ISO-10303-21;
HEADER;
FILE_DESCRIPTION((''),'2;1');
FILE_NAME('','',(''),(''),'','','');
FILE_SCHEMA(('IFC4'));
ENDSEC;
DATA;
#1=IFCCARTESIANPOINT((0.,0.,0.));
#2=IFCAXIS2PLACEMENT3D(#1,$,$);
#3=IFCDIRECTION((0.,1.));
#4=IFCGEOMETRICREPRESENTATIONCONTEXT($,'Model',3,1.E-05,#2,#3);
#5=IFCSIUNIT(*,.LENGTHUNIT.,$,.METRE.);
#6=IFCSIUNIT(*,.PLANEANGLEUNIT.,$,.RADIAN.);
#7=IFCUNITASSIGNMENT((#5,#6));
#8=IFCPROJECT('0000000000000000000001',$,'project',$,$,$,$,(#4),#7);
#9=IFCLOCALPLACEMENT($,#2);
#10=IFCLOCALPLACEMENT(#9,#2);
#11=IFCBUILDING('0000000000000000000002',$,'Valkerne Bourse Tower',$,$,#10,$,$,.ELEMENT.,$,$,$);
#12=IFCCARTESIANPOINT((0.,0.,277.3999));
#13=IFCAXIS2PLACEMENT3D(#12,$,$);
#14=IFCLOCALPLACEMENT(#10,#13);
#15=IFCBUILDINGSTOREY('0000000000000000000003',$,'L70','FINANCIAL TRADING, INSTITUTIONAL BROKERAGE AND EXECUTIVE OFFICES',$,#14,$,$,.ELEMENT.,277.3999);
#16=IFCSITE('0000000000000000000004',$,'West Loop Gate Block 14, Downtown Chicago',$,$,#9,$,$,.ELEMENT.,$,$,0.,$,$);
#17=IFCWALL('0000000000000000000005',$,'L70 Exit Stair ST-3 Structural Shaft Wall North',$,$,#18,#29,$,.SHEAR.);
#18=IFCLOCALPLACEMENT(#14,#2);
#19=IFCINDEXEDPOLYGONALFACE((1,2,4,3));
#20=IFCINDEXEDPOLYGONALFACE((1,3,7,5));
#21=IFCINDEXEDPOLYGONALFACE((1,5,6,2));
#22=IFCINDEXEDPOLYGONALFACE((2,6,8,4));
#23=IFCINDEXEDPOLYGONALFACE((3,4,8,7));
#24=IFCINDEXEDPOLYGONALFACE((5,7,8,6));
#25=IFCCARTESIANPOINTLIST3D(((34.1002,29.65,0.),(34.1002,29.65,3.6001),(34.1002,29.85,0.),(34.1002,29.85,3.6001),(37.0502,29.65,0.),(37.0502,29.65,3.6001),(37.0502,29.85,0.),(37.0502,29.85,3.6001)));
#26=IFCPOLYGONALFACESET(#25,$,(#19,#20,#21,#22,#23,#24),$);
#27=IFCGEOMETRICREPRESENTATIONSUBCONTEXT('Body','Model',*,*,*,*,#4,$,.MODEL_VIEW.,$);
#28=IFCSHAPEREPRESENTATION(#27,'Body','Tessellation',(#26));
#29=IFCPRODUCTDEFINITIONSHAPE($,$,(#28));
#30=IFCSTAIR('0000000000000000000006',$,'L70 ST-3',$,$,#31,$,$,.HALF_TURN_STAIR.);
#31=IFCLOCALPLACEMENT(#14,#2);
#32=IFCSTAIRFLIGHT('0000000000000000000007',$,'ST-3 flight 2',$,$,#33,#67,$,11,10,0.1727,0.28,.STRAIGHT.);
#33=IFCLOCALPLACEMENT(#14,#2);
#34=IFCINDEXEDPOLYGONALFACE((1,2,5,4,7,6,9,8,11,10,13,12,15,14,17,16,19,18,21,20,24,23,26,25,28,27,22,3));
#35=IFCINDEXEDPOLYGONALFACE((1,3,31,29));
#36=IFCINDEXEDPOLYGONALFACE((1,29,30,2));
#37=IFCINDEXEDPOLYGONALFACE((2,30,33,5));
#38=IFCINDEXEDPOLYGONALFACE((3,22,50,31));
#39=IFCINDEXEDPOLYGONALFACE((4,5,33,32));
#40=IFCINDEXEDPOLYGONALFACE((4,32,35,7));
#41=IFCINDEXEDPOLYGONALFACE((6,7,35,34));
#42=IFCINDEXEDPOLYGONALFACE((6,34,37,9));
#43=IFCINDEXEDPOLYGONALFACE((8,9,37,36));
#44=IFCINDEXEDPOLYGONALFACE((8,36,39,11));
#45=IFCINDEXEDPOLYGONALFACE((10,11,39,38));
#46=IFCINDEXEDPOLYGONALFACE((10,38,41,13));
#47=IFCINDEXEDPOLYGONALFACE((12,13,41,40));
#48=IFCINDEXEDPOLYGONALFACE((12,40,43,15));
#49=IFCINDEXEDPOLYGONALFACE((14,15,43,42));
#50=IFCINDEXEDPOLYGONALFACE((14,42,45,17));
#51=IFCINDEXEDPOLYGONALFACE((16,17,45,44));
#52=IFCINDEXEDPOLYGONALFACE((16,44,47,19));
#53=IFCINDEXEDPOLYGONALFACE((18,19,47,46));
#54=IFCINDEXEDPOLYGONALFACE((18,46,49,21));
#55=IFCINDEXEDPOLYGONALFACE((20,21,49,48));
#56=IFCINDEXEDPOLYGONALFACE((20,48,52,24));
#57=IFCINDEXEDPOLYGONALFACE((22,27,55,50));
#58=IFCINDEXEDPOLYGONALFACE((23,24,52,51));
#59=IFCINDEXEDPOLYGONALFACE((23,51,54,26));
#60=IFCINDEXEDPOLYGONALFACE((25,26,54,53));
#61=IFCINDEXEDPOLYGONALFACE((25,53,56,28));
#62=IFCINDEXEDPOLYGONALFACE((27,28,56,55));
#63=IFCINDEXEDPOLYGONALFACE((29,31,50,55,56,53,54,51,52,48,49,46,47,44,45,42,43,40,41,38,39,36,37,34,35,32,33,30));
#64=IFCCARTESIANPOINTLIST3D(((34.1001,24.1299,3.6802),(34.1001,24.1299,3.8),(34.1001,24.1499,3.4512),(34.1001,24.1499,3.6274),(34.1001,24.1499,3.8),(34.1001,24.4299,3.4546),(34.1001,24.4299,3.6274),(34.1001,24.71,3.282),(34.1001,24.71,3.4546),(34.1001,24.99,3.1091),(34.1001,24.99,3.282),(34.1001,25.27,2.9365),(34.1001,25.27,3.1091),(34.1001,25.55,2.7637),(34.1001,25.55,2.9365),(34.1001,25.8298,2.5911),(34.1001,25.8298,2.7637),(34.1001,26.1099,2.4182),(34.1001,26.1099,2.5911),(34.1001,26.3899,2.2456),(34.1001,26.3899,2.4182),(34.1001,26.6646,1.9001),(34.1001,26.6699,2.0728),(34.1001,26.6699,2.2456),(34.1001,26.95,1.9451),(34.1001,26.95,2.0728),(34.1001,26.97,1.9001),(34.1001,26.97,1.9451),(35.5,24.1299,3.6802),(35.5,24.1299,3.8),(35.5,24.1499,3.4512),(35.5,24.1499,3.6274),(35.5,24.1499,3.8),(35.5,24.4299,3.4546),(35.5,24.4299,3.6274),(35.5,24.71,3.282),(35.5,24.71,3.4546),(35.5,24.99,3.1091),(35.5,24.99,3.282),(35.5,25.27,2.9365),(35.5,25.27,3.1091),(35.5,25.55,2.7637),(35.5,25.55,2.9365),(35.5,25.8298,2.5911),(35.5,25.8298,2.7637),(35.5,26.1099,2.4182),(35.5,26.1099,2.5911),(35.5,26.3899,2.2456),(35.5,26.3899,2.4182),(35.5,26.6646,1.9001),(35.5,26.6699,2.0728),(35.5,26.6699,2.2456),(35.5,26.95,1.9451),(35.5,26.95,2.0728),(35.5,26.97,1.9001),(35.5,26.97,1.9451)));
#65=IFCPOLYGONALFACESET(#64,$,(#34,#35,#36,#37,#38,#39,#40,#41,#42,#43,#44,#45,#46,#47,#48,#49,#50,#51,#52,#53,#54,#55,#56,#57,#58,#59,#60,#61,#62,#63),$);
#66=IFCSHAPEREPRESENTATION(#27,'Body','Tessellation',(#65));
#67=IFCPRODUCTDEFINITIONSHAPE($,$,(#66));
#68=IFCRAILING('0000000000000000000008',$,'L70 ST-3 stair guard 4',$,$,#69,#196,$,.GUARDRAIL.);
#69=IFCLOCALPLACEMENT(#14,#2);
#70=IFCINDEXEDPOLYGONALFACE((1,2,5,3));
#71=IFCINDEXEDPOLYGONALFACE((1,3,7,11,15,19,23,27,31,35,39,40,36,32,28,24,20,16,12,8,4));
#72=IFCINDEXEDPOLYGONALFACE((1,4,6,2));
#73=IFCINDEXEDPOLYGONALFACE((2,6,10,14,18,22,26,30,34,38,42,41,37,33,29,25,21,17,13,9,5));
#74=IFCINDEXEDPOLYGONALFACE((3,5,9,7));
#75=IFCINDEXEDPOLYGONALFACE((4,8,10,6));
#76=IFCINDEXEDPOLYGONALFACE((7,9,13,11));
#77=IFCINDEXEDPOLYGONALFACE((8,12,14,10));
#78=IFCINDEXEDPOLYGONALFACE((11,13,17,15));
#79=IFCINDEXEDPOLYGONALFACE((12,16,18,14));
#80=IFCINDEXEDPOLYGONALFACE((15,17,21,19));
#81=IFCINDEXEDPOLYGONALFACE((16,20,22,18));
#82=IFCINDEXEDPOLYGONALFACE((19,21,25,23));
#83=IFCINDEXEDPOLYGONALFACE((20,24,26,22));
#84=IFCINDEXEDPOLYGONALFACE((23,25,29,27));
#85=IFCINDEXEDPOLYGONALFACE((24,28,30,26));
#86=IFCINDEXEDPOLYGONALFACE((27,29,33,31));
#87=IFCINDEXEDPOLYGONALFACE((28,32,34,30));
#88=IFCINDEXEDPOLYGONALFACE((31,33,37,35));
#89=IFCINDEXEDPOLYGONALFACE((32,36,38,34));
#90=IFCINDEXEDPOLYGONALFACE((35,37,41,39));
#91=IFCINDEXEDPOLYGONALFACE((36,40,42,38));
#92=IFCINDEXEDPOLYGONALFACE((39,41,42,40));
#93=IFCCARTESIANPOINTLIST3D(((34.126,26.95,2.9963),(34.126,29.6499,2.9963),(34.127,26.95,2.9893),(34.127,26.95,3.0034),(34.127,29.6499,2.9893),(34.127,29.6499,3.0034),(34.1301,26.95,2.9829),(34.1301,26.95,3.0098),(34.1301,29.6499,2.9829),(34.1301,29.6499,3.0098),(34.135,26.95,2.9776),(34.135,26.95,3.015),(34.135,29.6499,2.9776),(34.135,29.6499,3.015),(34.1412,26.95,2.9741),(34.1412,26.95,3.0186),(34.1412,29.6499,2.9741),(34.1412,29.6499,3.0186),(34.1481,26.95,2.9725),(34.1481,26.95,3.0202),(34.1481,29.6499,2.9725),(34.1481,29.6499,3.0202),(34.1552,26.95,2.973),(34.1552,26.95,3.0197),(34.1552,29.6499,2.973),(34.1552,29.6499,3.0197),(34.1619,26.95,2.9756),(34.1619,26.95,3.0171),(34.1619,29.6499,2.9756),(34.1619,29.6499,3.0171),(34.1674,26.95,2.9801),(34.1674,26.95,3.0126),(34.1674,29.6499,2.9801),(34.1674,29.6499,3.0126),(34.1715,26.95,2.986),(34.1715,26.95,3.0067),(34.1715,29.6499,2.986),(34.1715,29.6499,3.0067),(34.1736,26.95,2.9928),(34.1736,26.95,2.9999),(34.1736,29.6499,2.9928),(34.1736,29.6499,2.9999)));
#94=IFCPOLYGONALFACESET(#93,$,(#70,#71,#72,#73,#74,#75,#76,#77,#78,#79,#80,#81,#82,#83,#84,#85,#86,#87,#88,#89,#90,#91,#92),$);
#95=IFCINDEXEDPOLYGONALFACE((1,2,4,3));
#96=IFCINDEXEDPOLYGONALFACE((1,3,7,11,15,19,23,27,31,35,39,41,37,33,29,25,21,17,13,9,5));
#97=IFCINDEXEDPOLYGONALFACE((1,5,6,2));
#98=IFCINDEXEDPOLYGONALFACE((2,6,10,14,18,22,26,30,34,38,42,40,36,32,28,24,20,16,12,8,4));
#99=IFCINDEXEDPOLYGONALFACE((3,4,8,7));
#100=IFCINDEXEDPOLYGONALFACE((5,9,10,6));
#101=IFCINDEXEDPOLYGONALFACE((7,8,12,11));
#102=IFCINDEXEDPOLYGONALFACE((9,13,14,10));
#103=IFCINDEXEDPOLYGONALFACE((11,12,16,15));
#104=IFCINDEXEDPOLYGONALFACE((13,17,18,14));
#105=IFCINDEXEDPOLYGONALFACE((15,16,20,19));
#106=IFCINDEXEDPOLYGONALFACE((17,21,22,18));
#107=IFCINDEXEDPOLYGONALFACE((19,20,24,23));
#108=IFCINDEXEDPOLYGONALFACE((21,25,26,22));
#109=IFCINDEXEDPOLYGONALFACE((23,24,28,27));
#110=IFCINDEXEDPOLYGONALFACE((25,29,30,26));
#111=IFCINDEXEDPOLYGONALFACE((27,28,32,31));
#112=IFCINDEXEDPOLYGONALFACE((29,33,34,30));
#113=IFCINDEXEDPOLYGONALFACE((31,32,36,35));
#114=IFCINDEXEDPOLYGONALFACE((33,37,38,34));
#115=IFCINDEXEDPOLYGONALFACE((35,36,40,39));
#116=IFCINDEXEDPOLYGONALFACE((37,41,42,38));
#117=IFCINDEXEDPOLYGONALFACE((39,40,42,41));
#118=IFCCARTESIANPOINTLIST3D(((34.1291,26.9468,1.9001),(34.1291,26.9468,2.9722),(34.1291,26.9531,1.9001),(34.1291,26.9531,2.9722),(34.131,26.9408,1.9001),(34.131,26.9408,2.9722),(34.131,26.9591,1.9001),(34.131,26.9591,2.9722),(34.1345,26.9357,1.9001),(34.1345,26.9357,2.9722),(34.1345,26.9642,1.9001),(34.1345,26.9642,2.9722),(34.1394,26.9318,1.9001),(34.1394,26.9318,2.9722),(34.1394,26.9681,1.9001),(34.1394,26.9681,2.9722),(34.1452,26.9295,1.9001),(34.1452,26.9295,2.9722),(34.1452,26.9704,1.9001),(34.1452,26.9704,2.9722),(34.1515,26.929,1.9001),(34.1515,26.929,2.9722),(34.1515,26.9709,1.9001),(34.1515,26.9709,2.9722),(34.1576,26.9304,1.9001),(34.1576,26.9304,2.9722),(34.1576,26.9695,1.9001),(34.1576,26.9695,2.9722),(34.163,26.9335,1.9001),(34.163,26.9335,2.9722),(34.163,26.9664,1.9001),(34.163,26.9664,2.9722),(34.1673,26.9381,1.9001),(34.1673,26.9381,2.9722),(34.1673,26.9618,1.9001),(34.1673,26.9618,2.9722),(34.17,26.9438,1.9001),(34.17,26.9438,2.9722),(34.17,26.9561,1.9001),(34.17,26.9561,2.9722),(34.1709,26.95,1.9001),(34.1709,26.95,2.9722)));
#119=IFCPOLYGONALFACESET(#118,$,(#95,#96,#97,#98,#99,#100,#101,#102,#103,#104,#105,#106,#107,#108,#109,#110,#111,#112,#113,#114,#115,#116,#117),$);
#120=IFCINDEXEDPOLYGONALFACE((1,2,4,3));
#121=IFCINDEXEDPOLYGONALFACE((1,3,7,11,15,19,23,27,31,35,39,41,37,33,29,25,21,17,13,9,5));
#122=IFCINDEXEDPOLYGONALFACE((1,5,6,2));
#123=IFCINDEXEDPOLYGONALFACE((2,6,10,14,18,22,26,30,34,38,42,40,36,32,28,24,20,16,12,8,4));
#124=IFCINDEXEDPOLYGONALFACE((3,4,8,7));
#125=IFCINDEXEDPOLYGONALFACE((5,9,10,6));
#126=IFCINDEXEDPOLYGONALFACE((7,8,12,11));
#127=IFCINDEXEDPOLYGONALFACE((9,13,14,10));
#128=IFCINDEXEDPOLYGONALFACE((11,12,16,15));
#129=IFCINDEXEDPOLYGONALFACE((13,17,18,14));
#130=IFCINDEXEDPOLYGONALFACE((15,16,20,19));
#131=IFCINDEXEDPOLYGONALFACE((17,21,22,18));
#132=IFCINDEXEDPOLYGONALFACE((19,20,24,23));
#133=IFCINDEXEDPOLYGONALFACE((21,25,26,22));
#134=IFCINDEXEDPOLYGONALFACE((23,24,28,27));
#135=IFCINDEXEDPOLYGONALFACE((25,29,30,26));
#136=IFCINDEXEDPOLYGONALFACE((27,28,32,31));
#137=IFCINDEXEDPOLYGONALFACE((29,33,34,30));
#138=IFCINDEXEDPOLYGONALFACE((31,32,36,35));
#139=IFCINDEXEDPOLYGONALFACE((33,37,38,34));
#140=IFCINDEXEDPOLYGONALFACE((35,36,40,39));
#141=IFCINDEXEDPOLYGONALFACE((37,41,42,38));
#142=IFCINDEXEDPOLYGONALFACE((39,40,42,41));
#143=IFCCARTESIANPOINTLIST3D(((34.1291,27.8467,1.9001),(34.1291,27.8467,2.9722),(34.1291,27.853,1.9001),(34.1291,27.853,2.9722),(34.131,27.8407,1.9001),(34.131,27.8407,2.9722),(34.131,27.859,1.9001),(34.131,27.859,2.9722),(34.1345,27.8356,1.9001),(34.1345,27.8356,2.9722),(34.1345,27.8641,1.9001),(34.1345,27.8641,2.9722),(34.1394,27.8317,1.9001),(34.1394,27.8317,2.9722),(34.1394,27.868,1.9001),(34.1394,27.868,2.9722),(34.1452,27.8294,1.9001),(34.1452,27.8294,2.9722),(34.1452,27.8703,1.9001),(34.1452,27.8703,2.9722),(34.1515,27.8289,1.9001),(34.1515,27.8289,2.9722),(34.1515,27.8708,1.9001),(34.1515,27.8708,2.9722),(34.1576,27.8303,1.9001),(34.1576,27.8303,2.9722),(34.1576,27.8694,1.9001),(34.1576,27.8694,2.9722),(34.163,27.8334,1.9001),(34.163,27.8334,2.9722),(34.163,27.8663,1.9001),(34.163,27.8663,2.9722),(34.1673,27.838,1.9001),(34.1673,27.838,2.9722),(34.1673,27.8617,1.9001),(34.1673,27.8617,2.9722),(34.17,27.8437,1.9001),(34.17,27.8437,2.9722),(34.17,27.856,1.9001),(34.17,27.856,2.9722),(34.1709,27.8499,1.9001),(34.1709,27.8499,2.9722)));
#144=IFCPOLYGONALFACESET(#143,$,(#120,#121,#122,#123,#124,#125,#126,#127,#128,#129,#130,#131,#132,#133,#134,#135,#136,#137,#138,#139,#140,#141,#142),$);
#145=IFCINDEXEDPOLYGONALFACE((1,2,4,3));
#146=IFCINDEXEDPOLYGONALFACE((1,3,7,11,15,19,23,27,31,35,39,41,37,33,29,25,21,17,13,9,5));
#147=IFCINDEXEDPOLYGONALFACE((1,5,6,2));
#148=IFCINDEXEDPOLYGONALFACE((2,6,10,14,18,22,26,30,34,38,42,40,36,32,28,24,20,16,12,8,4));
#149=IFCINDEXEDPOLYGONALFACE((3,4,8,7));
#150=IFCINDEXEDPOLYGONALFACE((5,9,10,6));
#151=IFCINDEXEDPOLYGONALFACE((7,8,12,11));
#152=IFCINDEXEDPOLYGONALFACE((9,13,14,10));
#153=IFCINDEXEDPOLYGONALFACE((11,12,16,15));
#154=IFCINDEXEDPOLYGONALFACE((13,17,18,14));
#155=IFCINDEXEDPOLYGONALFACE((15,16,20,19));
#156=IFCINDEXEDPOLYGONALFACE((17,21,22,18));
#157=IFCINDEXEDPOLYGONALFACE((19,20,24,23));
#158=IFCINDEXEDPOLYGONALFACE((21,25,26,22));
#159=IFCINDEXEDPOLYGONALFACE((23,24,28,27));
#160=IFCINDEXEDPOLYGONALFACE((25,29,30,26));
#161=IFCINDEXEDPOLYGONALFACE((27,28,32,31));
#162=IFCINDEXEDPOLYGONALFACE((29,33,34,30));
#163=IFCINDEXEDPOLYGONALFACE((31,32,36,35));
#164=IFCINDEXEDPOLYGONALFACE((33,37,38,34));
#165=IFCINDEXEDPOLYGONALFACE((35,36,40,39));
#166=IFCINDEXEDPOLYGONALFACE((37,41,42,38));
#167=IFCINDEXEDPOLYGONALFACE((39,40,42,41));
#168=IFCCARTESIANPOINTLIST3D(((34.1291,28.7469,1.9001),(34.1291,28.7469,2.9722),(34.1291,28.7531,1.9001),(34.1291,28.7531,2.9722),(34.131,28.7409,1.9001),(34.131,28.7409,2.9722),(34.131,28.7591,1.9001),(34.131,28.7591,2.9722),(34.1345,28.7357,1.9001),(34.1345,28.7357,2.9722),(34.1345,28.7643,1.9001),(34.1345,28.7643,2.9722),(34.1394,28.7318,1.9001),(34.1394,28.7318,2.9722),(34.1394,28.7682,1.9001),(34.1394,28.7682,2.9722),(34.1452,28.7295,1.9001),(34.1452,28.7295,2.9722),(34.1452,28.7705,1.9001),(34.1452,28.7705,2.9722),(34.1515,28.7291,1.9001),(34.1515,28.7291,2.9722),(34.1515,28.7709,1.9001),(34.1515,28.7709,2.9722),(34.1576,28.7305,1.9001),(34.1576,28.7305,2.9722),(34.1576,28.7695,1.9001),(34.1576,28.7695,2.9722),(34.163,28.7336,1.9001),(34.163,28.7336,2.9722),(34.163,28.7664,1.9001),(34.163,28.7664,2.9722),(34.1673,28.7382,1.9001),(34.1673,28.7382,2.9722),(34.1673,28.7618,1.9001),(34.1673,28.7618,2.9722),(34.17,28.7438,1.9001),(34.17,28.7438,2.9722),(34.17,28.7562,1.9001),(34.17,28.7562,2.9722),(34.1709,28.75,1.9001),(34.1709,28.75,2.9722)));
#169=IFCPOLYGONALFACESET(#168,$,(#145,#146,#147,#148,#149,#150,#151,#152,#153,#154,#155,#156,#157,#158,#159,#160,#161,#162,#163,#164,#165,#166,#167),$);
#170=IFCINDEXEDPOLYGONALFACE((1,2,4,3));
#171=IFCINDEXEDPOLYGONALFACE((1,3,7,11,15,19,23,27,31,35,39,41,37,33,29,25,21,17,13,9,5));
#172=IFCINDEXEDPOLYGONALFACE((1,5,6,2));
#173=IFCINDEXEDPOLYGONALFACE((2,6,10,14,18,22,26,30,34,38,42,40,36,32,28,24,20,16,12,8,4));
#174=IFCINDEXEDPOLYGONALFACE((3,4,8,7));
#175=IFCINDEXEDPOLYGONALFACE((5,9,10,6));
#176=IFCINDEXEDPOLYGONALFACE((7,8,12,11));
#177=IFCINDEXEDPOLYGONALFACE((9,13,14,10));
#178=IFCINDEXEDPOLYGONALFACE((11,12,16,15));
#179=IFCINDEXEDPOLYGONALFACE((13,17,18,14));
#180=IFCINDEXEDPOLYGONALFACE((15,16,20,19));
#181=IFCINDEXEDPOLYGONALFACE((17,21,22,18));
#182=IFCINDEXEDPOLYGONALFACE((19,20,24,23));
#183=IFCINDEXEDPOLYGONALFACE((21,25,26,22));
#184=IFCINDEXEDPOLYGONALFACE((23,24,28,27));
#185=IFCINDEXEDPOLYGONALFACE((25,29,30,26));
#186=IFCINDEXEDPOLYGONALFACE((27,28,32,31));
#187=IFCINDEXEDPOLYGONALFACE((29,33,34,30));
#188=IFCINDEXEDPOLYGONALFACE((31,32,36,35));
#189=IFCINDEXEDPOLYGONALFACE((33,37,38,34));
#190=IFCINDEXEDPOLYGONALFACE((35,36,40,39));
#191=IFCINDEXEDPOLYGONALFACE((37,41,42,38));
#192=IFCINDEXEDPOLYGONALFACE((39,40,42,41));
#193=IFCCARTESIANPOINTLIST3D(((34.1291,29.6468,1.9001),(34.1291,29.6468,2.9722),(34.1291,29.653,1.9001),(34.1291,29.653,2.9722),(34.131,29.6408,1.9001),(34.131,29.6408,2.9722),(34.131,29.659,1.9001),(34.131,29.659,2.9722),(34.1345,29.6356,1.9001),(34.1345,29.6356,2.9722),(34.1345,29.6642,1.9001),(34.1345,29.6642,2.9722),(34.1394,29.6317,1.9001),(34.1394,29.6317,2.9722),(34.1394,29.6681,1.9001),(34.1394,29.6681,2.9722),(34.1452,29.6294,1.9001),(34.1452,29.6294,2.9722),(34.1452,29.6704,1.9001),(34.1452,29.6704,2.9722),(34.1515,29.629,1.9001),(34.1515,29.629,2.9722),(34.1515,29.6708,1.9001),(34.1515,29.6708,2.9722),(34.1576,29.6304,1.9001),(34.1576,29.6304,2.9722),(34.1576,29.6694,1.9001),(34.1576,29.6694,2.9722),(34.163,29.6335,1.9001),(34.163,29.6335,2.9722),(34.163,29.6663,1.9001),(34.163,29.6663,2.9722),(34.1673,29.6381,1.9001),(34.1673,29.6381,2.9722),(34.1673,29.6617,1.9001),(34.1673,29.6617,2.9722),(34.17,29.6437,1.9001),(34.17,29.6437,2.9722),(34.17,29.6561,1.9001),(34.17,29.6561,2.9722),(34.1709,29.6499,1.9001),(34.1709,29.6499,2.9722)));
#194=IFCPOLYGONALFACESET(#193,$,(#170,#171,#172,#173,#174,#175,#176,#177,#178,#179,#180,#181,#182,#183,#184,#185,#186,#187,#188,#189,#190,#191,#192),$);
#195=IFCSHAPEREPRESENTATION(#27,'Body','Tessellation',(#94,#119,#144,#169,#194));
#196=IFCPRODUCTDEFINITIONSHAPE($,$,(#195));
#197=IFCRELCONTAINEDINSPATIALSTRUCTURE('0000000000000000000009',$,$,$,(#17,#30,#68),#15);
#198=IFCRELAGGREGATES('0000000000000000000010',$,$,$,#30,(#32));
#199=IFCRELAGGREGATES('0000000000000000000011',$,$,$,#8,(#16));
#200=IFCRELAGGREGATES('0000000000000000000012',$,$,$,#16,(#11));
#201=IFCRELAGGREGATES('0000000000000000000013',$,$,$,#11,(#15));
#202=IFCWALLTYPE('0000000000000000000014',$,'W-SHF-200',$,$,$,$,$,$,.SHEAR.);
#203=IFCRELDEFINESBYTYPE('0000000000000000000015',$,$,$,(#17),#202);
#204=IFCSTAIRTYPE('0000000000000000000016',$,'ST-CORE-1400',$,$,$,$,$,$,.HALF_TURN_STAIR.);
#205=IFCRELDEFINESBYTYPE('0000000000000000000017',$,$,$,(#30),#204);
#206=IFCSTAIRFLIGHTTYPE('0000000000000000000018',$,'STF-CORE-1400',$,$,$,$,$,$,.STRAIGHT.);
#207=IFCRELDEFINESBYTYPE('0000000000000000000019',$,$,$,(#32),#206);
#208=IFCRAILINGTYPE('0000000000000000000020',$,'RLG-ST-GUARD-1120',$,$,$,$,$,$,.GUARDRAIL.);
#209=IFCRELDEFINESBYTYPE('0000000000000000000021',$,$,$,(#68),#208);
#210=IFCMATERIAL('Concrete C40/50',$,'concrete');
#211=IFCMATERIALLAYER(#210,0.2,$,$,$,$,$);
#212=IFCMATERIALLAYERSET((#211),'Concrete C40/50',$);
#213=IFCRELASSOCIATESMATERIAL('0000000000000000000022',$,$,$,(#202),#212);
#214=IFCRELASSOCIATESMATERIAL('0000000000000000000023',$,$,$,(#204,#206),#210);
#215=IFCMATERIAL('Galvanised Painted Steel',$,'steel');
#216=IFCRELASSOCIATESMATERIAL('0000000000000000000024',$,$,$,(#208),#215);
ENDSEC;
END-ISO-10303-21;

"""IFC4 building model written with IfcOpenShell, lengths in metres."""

from ifc_helpers import new_model, si_unit, direction, frame, frame_2d, origin, origin_2d, place, context, subcontext, project, spatial, polyline, rectangle, circle, outline, extrude, material, layer, layer_set, type_object, element, aggregate, save


model = new_model("IFC4")

# Units and contexts
model_context = context("Model", 3, precision=1e-05, world=origin(), true_north=direction((0.0, 1.0)))
body_context = subcontext(model_context, "Body", "Model", "MODEL_VIEW")
ifc_project = project(units=[si_unit("LENGTHUNIT", "METRE"), si_unit("PLANEANGLEUNIT", "RADIAN")], contexts=[model_context])

# Site, building, storey
site_placement = place(None, origin())
site = spatial("IfcSite", under=ifc_project, at=site_placement, Name="West Loop Gate Block 14, Downtown Chicago", CompositionType="ELEMENT", RefElevation=0.0)
building_placement = place(site_placement, origin())
building = spatial("IfcBuilding", under=site, at=building_placement, Name="Valkerne Bourse Tower", CompositionType="ELEMENT")
storey_placement = place(building_placement, frame((0.0, 0.0, 277.3999)))
storey = spatial("IfcBuildingStorey", under=building, at=storey_placement, Name="L70", Description="FINANCIAL TRADING, INSTITUTIONAL BROKERAGE AND EXECUTIVE OFFICES", CompositionType="ELEMENT", Elevation=277.3999)

# Shared definitions
ifc_material_1 = material(Name="Concrete C40/50", Category="concrete")
ifc_layer_1 = layer(ifc_material_1, 0.2)
ifc_layer_set_1 = layer_set([ifc_layer_1], Name="Concrete C40/50")
wall_type_1 = type_object("IfcWallType", Name="W-SHF-200", PredefinedType="SHEAR", material=ifc_layer_set_1)
ifc_material_2 = material(Name="Galvanised Painted Steel", Category="steel")

# Wall
for number, where, z_axis, x_axis, name in (
    (1, (34.1001, 29.75, 0.0), (0.0, 0.0, 1.0), (1.0, 0.0, 0.0), "L70 Exit Stair ST-3 Structural Shaft Wall North"),
):
    element("IfcWall", number, at=place(storey_placement, frame(where, z_axis=z_axis, x_axis=x_axis)), inside=storey, type_object=wall_type_1, Name=name, PredefinedType="SHEAR", context=body_context, shape_type="SweptSolid", body=[
        extrude(rectangle(XDim=2.95, YDim=0.2, at=frame_2d((1.4751, 0.0))), origin(), (0.0, 0.0, 1.0), 3.6001),
    ])

# Stair, stair flight
stair_type = type_object("IfcStairType", Name="ST-CORE-1400", PredefinedType="HALF_TURN_STAIR", material=ifc_material_1)
stair_placement = place(storey_placement, origin())
stair = element("IfcStair", 2, at=stair_placement, inside=storey, type_object=stair_type, Name="L70 ST-3", PredefinedType="HALF_TURN_STAIR")
stair_flight_type = type_object("IfcStairFlightType", Name="STF-CORE-1400", PredefinedType="STRAIGHT", material=ifc_material_1)
stair_flight_placement = place(storey_placement, frame((34.8, 26.95, 1.9001), z_axis=(0.0, 0.0, 1.0), x_axis=(0.0, -1.0, 0.0)))
stair_flight = element("IfcStairFlight", 3, at=stair_flight_placement, type_object=stair_flight_type, Name="ST-3 flight 2", NumberOfRisers=11, NumberOfTreads=10, PredefinedType="STRAIGHT", RiserHeight=0.1727, TreadLength=0.28, context=body_context, shape_type="SweptSolid", body=[
    extrude(outline(polyline([(-0.02, 0.0), (-0.02, 0.0449), (0.0, 0.0449), (0.0, 0.1726), (0.28, 0.1726), (0.28, 0.3455), (0.5601, 0.3455), (0.5601, 0.5181), (0.8401, 0.5181), (0.8401, 0.6909), (1.1201, 0.6909), (1.1201, 0.8635), (1.3999, 0.8635), (1.3999, 1.0364), (1.6799, 1.0364), (1.6799, 1.209), (1.96, 1.209), (1.96, 1.3818), (2.24, 1.3818), (2.24, 1.5544), (2.52, 1.5544), (2.52, 1.7273), (2.8, 1.7273), (2.8, 1.8999), (2.8201, 1.8999), (2.8201, 1.78), (2.8, 1.551), (0.2854, 0.0), (-0.02, 0.0)])), frame((0.0, 0.7, 0.0), z_axis=(0.0, -1.0, 0.0), x_axis=(1.0, 0.0, 0.0)), (0.0, 0.0, 1.0), 1.3999),
])
aggregate(stair, [stair_flight])

# Railing
railing_type_1 = type_object("IfcRailingType", Name="RLG-ST-GUARD-1120", PredefinedType="GUARDRAIL", material=ifc_material_2)
railing_1_placement = place(storey_placement, frame((34.1499, 26.95, 1.9001)))
element("IfcRailing", 4, at=railing_1_placement, inside=storey, type_object=railing_type_1, Name="L70 ST-3 stair guard 4", PredefinedType="GUARDRAIL", context=body_context, shape_type="SweptSolid", body=[
    extrude(circle(Radius=0.0239, at=origin_2d()), frame((0.0, 0.0, 1.0962), z_axis=(0.0, 1.0, 0.0), x_axis=(-1.0, 0.0, 0.0)), (0.0, 0.0, 1.0), 2.7),
    extrude(circle(Radius=0.021, at=origin_2d()), origin(), (0.0, 0.0, 1.0), 1.072),
    extrude(circle(Radius=0.021, at=origin_2d()), frame((0.0, 0.8999, 0.0)), (0.0, 0.0, 1.0), 1.072),
    extrude(circle(Radius=0.021, at=origin_2d()), frame((0.0, 1.8, 0.0)), (0.0, 0.0, 1.0), 1.072),
    extrude(circle(Radius=0.021, at=origin_2d()), frame((0.0, 2.7, 0.0)), (0.0, 0.0, 1.0), 1.072),
])

save(model, "model.ifc")
